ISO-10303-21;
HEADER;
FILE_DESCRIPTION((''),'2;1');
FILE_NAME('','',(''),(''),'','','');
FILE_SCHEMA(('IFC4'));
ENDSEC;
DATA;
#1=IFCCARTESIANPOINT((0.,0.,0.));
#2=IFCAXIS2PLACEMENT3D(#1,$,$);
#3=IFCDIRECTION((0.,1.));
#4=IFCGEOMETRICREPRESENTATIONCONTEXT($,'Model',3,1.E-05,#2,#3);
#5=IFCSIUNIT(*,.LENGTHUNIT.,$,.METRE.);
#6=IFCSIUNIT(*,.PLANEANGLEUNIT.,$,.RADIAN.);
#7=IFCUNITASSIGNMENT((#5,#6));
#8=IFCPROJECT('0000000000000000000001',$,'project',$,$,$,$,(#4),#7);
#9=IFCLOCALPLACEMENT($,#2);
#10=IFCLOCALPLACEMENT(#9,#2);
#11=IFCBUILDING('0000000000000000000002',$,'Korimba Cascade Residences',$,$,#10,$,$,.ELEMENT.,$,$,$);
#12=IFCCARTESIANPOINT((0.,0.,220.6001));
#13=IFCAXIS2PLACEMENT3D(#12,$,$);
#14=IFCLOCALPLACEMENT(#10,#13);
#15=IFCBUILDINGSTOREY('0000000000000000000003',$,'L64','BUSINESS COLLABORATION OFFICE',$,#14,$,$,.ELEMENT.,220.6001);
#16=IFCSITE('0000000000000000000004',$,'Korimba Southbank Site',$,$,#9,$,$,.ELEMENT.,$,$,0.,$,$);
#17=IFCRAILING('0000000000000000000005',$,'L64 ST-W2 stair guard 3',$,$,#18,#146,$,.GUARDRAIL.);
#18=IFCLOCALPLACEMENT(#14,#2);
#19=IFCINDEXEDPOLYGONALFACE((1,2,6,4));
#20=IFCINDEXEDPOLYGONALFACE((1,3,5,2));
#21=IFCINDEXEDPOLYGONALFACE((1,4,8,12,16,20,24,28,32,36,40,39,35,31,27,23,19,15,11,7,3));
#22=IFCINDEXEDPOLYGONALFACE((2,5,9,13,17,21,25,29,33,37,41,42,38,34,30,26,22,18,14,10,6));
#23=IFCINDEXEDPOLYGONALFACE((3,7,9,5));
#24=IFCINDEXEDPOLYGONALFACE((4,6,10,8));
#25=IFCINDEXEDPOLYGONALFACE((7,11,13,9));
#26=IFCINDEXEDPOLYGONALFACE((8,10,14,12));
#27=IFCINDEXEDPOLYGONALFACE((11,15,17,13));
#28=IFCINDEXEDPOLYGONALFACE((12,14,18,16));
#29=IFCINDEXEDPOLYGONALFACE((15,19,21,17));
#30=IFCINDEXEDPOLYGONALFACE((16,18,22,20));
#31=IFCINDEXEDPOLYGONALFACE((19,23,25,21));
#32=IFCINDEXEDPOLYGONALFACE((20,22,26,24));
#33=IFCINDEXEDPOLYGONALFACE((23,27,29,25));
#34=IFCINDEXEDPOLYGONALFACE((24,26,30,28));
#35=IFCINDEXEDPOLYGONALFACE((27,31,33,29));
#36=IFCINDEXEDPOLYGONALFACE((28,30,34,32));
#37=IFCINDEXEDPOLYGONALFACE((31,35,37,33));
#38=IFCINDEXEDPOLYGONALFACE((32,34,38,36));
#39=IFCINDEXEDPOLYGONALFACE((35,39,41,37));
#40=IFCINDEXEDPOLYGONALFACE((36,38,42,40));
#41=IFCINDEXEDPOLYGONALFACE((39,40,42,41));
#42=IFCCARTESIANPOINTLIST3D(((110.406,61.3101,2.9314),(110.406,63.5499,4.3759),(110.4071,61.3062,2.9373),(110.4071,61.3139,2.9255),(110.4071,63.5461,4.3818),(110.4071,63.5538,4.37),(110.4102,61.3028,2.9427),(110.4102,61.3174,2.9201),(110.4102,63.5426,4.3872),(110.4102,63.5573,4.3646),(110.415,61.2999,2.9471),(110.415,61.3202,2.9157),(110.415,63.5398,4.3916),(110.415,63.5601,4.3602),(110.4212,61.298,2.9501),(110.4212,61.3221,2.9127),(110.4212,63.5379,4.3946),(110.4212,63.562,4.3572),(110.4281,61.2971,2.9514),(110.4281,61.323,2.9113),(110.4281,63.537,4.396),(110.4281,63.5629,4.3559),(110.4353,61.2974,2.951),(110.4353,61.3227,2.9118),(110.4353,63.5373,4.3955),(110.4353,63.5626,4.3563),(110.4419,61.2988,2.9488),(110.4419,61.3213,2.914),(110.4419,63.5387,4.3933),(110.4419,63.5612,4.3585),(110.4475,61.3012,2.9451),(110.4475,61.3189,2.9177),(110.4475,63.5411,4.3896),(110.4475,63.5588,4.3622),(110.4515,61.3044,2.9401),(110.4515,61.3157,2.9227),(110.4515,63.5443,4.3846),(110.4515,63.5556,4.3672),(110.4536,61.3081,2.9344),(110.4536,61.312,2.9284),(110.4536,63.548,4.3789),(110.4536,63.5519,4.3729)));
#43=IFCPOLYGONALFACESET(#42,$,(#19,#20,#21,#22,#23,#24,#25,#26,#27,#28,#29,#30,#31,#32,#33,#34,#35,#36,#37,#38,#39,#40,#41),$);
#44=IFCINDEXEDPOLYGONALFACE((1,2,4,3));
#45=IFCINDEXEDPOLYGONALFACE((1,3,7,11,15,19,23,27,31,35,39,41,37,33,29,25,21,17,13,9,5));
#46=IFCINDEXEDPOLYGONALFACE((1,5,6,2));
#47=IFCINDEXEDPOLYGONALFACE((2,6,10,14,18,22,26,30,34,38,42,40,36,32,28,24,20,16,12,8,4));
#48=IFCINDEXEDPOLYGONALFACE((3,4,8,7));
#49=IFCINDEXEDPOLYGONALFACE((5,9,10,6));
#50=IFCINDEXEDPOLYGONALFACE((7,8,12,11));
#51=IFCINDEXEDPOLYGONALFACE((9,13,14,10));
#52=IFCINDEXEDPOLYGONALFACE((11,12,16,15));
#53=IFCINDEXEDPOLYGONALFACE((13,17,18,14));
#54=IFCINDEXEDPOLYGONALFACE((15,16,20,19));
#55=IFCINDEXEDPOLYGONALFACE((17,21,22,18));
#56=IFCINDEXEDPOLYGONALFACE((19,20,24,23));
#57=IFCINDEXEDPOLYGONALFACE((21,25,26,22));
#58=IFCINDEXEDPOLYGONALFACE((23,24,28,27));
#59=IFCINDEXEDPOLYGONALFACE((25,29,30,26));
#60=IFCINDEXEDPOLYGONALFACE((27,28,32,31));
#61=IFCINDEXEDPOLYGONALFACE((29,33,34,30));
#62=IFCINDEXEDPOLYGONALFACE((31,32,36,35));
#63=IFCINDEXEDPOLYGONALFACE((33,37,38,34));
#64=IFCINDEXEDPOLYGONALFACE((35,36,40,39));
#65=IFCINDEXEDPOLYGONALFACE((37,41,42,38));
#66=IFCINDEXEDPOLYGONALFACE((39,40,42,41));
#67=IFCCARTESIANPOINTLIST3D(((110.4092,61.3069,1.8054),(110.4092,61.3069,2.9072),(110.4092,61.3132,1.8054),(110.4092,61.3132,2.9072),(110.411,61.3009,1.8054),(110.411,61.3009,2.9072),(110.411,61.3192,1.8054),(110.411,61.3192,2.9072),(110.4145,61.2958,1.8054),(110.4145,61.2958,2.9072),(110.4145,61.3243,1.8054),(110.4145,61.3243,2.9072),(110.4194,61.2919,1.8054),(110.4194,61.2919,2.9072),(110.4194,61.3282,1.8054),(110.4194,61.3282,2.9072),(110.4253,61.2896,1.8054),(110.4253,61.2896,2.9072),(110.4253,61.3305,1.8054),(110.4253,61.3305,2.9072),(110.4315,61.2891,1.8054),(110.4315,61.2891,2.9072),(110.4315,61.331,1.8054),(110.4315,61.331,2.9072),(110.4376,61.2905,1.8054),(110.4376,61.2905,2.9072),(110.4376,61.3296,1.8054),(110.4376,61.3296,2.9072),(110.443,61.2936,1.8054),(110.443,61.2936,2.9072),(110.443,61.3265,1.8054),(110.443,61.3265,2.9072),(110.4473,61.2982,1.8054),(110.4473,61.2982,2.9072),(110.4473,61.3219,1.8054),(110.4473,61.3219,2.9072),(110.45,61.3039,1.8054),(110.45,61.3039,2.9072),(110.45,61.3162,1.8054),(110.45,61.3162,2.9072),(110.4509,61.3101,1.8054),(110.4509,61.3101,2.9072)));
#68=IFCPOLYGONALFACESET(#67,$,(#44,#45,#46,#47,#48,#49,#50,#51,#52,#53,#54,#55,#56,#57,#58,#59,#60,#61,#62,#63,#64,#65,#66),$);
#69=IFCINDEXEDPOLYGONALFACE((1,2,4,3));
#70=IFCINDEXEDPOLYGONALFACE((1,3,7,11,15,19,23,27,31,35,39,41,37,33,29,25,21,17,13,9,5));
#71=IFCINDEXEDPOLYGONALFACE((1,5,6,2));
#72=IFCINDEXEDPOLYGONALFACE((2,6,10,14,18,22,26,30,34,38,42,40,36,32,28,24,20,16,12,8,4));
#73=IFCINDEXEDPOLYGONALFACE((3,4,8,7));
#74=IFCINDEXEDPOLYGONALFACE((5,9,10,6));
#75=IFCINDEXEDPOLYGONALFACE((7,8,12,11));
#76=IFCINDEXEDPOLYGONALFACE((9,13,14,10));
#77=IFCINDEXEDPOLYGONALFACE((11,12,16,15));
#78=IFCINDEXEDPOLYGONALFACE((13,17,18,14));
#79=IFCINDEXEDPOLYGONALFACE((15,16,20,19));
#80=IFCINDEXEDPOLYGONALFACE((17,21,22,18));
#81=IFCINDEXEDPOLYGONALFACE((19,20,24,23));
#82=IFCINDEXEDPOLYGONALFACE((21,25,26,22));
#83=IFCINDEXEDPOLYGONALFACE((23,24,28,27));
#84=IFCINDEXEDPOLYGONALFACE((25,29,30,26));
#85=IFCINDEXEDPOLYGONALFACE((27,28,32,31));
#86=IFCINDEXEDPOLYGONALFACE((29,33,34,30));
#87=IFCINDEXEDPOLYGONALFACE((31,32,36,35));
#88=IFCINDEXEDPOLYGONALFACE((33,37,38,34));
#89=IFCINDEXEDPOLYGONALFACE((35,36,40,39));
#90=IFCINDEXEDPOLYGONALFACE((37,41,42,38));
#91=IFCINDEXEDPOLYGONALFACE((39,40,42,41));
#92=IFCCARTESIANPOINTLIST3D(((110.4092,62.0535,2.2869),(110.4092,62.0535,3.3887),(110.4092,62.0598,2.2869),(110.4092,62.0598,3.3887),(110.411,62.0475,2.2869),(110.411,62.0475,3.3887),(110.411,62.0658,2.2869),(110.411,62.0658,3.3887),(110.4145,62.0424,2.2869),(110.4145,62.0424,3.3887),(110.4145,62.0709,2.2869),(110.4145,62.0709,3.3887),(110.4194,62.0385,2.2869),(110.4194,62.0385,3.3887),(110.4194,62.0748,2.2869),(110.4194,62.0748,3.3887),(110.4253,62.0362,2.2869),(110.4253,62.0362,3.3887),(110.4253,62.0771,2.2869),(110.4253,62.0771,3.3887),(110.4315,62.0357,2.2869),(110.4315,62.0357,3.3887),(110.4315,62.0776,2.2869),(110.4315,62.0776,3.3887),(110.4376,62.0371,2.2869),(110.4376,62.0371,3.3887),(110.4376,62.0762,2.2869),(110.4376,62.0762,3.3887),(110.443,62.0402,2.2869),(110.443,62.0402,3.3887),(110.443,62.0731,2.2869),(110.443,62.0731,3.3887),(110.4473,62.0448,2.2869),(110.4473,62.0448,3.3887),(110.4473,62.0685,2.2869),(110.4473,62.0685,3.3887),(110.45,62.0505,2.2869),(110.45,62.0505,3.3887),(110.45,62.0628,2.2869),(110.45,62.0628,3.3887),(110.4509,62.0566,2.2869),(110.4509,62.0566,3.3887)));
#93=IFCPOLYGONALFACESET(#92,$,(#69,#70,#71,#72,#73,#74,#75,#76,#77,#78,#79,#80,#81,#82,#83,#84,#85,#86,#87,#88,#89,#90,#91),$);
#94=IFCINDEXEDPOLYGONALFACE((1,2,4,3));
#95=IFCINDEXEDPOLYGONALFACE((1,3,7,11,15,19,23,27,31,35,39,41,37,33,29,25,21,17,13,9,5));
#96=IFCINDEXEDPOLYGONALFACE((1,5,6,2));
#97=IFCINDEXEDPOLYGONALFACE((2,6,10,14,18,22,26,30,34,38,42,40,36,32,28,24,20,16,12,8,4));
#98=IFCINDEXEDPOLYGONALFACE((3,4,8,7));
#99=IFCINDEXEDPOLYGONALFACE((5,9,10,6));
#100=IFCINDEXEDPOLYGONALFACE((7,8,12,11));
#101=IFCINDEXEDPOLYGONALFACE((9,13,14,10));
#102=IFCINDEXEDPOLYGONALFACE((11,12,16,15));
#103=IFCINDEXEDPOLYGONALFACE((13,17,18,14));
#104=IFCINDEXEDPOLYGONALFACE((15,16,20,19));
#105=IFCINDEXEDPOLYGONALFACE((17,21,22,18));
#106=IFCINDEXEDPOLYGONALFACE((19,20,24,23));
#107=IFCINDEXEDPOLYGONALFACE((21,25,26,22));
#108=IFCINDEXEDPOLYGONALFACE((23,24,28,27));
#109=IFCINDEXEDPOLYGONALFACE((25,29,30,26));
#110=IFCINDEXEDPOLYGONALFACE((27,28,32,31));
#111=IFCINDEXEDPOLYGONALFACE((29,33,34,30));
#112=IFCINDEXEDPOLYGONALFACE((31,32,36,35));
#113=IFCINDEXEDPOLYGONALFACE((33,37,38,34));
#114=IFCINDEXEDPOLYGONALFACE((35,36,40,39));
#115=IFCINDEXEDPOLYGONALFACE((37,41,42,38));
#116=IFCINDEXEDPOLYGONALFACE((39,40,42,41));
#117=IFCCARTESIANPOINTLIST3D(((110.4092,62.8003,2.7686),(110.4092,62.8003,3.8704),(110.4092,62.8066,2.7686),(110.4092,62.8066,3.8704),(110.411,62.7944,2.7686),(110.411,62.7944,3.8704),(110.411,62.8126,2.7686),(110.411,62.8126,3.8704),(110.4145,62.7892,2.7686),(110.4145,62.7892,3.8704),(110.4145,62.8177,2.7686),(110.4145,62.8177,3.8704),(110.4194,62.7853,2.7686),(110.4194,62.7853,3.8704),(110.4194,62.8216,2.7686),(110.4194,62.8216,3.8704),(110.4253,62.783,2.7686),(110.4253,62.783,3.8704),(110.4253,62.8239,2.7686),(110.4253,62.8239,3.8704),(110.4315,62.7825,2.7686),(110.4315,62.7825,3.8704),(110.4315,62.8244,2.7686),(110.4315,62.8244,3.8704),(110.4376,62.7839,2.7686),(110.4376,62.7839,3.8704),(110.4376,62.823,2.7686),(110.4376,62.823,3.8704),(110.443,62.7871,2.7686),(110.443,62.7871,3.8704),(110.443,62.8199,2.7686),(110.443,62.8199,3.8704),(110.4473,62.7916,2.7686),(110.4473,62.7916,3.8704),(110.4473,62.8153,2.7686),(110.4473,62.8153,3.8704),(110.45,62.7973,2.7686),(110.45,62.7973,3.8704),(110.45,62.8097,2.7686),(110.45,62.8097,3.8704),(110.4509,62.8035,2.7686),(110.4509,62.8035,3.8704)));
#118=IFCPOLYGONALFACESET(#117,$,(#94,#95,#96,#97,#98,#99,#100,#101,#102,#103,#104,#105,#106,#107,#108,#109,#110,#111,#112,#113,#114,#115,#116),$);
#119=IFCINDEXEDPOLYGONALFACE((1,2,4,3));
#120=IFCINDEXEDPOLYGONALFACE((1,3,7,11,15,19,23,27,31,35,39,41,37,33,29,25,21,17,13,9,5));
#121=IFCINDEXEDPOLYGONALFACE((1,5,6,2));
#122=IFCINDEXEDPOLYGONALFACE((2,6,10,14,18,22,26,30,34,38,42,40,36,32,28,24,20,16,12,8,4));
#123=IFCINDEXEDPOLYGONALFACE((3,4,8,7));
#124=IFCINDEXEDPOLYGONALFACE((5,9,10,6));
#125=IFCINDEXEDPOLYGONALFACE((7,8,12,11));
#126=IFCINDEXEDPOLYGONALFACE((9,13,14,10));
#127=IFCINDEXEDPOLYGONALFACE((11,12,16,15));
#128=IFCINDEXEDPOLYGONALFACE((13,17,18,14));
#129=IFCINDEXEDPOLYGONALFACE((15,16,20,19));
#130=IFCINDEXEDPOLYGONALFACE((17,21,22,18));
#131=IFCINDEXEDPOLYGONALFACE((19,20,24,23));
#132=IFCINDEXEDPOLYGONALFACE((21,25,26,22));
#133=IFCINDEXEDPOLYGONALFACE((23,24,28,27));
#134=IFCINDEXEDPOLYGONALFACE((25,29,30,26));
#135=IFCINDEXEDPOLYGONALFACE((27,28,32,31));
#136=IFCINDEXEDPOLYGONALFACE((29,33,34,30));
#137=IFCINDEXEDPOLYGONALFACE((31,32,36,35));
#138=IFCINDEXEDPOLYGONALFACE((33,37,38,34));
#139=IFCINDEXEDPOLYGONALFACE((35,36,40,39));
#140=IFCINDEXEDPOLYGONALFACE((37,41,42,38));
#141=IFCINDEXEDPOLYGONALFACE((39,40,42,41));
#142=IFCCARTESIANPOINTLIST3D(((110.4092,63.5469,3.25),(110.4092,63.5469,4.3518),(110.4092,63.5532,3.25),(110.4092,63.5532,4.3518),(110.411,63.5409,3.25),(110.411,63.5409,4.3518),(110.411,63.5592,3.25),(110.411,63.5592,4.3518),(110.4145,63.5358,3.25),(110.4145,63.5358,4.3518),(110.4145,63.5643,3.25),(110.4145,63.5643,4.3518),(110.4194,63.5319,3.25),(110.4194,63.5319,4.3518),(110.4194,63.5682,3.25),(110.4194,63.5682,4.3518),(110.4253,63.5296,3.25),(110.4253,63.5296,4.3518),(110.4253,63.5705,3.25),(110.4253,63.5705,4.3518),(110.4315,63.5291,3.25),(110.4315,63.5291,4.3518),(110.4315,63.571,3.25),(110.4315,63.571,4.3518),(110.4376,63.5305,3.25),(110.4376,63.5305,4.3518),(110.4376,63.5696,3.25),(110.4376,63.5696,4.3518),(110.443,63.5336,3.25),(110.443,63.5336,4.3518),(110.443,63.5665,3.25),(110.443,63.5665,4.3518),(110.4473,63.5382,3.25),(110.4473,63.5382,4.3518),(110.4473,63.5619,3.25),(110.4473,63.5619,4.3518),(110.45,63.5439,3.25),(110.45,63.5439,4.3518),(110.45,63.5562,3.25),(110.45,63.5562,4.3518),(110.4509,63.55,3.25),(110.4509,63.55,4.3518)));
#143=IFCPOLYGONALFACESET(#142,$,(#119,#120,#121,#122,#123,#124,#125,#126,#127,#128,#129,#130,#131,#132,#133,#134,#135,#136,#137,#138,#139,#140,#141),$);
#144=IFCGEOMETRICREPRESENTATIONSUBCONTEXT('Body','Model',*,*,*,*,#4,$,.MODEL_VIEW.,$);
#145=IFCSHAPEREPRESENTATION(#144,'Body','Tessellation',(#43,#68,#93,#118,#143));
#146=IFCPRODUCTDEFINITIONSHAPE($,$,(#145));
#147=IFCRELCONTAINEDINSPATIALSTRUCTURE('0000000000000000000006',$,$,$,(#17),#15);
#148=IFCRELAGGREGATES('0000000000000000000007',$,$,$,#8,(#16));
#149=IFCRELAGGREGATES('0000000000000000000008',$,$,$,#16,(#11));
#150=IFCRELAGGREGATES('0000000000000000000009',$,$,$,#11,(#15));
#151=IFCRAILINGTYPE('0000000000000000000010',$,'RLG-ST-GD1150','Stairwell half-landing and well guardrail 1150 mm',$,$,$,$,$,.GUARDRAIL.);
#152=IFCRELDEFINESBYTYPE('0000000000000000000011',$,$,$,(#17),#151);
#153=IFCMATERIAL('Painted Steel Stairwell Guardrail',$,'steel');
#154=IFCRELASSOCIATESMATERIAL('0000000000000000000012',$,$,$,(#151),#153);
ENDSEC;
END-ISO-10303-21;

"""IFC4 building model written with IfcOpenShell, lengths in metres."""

from ifc_helpers import new_model, si_unit, direction, frame, origin, origin_2d, place, context, subcontext, project, spatial, circle, extrude, material, type_object, element, save


model = new_model("IFC4")

# Units and contexts
model_context = context("Model", 3, precision=1e-05, world=origin(), true_north=direction((0.0, 1.0)))
body_context = subcontext(model_context, "Body", "Model", "MODEL_VIEW")
ifc_project = project(units=[si_unit("LENGTHUNIT", "METRE"), si_unit("PLANEANGLEUNIT", "RADIAN")], contexts=[model_context])

# Site, building, storey
site_placement = place(None, origin())
site = spatial("IfcSite", under=ifc_project, at=site_placement, Name="Korimba Southbank Site", CompositionType="ELEMENT", RefElevation=0.0)
building_placement = place(site_placement, origin())
building = spatial("IfcBuilding", under=site, at=building_placement, Name="Korimba Cascade Residences", CompositionType="ELEMENT")
storey_placement = place(building_placement, frame((0.0, 0.0, 220.6001)))
storey = spatial("IfcBuildingStorey", under=building, at=storey_placement, Name="L64", Description="BUSINESS COLLABORATION OFFICE", CompositionType="ELEMENT", Elevation=220.6001)

# Railing
ifc_material_1 = material(Name="Painted Steel Stairwell Guardrail", Category="steel")
railing_type_1 = type_object("IfcRailingType", Name="RLG-ST-GD1150", Description="Stairwell half-landing and well guardrail 1150 mm", PredefinedType="GUARDRAIL", material=ifc_material_1)
railing_1_placement = place(storey_placement, frame((110.4299, 61.3101, 1.8054)))
element("IfcRailing", 1, at=railing_1_placement, inside=storey, type_object=railing_type_1, Name="L64 ST-W2 stair guard 3", PredefinedType="GUARDRAIL", context=body_context, shape_type="SweptSolid", body=[
    extrude(circle(Radius=0.0239, at=origin_2d()), frame((0.0, 0.0, 1.126), z_axis=(0.0, 0.840395, 0.541975), x_axis=(-1.0, 0.0, 0.0)), (0.0, 0.0, 1.0), 2.6653),
    extrude(circle(Radius=0.021, at=origin_2d()), origin(), (0.0, 0.0, 1.0), 1.1018),
    extrude(circle(Radius=0.021, at=origin_2d()), frame((0.0, 0.7466, 0.4814)), (0.0, 0.0, 1.0), 1.1018),
    extrude(circle(Radius=0.021, at=origin_2d()), frame((0.0, 1.4934, 0.9631)), (0.0, 0.0, 1.0), 1.1018),
    extrude(circle(Radius=0.021, at=origin_2d()), frame((0.0, 2.24, 1.4446)), (0.0, 0.0, 1.0), 1.1018),
])

save(model, "model.ifc")
